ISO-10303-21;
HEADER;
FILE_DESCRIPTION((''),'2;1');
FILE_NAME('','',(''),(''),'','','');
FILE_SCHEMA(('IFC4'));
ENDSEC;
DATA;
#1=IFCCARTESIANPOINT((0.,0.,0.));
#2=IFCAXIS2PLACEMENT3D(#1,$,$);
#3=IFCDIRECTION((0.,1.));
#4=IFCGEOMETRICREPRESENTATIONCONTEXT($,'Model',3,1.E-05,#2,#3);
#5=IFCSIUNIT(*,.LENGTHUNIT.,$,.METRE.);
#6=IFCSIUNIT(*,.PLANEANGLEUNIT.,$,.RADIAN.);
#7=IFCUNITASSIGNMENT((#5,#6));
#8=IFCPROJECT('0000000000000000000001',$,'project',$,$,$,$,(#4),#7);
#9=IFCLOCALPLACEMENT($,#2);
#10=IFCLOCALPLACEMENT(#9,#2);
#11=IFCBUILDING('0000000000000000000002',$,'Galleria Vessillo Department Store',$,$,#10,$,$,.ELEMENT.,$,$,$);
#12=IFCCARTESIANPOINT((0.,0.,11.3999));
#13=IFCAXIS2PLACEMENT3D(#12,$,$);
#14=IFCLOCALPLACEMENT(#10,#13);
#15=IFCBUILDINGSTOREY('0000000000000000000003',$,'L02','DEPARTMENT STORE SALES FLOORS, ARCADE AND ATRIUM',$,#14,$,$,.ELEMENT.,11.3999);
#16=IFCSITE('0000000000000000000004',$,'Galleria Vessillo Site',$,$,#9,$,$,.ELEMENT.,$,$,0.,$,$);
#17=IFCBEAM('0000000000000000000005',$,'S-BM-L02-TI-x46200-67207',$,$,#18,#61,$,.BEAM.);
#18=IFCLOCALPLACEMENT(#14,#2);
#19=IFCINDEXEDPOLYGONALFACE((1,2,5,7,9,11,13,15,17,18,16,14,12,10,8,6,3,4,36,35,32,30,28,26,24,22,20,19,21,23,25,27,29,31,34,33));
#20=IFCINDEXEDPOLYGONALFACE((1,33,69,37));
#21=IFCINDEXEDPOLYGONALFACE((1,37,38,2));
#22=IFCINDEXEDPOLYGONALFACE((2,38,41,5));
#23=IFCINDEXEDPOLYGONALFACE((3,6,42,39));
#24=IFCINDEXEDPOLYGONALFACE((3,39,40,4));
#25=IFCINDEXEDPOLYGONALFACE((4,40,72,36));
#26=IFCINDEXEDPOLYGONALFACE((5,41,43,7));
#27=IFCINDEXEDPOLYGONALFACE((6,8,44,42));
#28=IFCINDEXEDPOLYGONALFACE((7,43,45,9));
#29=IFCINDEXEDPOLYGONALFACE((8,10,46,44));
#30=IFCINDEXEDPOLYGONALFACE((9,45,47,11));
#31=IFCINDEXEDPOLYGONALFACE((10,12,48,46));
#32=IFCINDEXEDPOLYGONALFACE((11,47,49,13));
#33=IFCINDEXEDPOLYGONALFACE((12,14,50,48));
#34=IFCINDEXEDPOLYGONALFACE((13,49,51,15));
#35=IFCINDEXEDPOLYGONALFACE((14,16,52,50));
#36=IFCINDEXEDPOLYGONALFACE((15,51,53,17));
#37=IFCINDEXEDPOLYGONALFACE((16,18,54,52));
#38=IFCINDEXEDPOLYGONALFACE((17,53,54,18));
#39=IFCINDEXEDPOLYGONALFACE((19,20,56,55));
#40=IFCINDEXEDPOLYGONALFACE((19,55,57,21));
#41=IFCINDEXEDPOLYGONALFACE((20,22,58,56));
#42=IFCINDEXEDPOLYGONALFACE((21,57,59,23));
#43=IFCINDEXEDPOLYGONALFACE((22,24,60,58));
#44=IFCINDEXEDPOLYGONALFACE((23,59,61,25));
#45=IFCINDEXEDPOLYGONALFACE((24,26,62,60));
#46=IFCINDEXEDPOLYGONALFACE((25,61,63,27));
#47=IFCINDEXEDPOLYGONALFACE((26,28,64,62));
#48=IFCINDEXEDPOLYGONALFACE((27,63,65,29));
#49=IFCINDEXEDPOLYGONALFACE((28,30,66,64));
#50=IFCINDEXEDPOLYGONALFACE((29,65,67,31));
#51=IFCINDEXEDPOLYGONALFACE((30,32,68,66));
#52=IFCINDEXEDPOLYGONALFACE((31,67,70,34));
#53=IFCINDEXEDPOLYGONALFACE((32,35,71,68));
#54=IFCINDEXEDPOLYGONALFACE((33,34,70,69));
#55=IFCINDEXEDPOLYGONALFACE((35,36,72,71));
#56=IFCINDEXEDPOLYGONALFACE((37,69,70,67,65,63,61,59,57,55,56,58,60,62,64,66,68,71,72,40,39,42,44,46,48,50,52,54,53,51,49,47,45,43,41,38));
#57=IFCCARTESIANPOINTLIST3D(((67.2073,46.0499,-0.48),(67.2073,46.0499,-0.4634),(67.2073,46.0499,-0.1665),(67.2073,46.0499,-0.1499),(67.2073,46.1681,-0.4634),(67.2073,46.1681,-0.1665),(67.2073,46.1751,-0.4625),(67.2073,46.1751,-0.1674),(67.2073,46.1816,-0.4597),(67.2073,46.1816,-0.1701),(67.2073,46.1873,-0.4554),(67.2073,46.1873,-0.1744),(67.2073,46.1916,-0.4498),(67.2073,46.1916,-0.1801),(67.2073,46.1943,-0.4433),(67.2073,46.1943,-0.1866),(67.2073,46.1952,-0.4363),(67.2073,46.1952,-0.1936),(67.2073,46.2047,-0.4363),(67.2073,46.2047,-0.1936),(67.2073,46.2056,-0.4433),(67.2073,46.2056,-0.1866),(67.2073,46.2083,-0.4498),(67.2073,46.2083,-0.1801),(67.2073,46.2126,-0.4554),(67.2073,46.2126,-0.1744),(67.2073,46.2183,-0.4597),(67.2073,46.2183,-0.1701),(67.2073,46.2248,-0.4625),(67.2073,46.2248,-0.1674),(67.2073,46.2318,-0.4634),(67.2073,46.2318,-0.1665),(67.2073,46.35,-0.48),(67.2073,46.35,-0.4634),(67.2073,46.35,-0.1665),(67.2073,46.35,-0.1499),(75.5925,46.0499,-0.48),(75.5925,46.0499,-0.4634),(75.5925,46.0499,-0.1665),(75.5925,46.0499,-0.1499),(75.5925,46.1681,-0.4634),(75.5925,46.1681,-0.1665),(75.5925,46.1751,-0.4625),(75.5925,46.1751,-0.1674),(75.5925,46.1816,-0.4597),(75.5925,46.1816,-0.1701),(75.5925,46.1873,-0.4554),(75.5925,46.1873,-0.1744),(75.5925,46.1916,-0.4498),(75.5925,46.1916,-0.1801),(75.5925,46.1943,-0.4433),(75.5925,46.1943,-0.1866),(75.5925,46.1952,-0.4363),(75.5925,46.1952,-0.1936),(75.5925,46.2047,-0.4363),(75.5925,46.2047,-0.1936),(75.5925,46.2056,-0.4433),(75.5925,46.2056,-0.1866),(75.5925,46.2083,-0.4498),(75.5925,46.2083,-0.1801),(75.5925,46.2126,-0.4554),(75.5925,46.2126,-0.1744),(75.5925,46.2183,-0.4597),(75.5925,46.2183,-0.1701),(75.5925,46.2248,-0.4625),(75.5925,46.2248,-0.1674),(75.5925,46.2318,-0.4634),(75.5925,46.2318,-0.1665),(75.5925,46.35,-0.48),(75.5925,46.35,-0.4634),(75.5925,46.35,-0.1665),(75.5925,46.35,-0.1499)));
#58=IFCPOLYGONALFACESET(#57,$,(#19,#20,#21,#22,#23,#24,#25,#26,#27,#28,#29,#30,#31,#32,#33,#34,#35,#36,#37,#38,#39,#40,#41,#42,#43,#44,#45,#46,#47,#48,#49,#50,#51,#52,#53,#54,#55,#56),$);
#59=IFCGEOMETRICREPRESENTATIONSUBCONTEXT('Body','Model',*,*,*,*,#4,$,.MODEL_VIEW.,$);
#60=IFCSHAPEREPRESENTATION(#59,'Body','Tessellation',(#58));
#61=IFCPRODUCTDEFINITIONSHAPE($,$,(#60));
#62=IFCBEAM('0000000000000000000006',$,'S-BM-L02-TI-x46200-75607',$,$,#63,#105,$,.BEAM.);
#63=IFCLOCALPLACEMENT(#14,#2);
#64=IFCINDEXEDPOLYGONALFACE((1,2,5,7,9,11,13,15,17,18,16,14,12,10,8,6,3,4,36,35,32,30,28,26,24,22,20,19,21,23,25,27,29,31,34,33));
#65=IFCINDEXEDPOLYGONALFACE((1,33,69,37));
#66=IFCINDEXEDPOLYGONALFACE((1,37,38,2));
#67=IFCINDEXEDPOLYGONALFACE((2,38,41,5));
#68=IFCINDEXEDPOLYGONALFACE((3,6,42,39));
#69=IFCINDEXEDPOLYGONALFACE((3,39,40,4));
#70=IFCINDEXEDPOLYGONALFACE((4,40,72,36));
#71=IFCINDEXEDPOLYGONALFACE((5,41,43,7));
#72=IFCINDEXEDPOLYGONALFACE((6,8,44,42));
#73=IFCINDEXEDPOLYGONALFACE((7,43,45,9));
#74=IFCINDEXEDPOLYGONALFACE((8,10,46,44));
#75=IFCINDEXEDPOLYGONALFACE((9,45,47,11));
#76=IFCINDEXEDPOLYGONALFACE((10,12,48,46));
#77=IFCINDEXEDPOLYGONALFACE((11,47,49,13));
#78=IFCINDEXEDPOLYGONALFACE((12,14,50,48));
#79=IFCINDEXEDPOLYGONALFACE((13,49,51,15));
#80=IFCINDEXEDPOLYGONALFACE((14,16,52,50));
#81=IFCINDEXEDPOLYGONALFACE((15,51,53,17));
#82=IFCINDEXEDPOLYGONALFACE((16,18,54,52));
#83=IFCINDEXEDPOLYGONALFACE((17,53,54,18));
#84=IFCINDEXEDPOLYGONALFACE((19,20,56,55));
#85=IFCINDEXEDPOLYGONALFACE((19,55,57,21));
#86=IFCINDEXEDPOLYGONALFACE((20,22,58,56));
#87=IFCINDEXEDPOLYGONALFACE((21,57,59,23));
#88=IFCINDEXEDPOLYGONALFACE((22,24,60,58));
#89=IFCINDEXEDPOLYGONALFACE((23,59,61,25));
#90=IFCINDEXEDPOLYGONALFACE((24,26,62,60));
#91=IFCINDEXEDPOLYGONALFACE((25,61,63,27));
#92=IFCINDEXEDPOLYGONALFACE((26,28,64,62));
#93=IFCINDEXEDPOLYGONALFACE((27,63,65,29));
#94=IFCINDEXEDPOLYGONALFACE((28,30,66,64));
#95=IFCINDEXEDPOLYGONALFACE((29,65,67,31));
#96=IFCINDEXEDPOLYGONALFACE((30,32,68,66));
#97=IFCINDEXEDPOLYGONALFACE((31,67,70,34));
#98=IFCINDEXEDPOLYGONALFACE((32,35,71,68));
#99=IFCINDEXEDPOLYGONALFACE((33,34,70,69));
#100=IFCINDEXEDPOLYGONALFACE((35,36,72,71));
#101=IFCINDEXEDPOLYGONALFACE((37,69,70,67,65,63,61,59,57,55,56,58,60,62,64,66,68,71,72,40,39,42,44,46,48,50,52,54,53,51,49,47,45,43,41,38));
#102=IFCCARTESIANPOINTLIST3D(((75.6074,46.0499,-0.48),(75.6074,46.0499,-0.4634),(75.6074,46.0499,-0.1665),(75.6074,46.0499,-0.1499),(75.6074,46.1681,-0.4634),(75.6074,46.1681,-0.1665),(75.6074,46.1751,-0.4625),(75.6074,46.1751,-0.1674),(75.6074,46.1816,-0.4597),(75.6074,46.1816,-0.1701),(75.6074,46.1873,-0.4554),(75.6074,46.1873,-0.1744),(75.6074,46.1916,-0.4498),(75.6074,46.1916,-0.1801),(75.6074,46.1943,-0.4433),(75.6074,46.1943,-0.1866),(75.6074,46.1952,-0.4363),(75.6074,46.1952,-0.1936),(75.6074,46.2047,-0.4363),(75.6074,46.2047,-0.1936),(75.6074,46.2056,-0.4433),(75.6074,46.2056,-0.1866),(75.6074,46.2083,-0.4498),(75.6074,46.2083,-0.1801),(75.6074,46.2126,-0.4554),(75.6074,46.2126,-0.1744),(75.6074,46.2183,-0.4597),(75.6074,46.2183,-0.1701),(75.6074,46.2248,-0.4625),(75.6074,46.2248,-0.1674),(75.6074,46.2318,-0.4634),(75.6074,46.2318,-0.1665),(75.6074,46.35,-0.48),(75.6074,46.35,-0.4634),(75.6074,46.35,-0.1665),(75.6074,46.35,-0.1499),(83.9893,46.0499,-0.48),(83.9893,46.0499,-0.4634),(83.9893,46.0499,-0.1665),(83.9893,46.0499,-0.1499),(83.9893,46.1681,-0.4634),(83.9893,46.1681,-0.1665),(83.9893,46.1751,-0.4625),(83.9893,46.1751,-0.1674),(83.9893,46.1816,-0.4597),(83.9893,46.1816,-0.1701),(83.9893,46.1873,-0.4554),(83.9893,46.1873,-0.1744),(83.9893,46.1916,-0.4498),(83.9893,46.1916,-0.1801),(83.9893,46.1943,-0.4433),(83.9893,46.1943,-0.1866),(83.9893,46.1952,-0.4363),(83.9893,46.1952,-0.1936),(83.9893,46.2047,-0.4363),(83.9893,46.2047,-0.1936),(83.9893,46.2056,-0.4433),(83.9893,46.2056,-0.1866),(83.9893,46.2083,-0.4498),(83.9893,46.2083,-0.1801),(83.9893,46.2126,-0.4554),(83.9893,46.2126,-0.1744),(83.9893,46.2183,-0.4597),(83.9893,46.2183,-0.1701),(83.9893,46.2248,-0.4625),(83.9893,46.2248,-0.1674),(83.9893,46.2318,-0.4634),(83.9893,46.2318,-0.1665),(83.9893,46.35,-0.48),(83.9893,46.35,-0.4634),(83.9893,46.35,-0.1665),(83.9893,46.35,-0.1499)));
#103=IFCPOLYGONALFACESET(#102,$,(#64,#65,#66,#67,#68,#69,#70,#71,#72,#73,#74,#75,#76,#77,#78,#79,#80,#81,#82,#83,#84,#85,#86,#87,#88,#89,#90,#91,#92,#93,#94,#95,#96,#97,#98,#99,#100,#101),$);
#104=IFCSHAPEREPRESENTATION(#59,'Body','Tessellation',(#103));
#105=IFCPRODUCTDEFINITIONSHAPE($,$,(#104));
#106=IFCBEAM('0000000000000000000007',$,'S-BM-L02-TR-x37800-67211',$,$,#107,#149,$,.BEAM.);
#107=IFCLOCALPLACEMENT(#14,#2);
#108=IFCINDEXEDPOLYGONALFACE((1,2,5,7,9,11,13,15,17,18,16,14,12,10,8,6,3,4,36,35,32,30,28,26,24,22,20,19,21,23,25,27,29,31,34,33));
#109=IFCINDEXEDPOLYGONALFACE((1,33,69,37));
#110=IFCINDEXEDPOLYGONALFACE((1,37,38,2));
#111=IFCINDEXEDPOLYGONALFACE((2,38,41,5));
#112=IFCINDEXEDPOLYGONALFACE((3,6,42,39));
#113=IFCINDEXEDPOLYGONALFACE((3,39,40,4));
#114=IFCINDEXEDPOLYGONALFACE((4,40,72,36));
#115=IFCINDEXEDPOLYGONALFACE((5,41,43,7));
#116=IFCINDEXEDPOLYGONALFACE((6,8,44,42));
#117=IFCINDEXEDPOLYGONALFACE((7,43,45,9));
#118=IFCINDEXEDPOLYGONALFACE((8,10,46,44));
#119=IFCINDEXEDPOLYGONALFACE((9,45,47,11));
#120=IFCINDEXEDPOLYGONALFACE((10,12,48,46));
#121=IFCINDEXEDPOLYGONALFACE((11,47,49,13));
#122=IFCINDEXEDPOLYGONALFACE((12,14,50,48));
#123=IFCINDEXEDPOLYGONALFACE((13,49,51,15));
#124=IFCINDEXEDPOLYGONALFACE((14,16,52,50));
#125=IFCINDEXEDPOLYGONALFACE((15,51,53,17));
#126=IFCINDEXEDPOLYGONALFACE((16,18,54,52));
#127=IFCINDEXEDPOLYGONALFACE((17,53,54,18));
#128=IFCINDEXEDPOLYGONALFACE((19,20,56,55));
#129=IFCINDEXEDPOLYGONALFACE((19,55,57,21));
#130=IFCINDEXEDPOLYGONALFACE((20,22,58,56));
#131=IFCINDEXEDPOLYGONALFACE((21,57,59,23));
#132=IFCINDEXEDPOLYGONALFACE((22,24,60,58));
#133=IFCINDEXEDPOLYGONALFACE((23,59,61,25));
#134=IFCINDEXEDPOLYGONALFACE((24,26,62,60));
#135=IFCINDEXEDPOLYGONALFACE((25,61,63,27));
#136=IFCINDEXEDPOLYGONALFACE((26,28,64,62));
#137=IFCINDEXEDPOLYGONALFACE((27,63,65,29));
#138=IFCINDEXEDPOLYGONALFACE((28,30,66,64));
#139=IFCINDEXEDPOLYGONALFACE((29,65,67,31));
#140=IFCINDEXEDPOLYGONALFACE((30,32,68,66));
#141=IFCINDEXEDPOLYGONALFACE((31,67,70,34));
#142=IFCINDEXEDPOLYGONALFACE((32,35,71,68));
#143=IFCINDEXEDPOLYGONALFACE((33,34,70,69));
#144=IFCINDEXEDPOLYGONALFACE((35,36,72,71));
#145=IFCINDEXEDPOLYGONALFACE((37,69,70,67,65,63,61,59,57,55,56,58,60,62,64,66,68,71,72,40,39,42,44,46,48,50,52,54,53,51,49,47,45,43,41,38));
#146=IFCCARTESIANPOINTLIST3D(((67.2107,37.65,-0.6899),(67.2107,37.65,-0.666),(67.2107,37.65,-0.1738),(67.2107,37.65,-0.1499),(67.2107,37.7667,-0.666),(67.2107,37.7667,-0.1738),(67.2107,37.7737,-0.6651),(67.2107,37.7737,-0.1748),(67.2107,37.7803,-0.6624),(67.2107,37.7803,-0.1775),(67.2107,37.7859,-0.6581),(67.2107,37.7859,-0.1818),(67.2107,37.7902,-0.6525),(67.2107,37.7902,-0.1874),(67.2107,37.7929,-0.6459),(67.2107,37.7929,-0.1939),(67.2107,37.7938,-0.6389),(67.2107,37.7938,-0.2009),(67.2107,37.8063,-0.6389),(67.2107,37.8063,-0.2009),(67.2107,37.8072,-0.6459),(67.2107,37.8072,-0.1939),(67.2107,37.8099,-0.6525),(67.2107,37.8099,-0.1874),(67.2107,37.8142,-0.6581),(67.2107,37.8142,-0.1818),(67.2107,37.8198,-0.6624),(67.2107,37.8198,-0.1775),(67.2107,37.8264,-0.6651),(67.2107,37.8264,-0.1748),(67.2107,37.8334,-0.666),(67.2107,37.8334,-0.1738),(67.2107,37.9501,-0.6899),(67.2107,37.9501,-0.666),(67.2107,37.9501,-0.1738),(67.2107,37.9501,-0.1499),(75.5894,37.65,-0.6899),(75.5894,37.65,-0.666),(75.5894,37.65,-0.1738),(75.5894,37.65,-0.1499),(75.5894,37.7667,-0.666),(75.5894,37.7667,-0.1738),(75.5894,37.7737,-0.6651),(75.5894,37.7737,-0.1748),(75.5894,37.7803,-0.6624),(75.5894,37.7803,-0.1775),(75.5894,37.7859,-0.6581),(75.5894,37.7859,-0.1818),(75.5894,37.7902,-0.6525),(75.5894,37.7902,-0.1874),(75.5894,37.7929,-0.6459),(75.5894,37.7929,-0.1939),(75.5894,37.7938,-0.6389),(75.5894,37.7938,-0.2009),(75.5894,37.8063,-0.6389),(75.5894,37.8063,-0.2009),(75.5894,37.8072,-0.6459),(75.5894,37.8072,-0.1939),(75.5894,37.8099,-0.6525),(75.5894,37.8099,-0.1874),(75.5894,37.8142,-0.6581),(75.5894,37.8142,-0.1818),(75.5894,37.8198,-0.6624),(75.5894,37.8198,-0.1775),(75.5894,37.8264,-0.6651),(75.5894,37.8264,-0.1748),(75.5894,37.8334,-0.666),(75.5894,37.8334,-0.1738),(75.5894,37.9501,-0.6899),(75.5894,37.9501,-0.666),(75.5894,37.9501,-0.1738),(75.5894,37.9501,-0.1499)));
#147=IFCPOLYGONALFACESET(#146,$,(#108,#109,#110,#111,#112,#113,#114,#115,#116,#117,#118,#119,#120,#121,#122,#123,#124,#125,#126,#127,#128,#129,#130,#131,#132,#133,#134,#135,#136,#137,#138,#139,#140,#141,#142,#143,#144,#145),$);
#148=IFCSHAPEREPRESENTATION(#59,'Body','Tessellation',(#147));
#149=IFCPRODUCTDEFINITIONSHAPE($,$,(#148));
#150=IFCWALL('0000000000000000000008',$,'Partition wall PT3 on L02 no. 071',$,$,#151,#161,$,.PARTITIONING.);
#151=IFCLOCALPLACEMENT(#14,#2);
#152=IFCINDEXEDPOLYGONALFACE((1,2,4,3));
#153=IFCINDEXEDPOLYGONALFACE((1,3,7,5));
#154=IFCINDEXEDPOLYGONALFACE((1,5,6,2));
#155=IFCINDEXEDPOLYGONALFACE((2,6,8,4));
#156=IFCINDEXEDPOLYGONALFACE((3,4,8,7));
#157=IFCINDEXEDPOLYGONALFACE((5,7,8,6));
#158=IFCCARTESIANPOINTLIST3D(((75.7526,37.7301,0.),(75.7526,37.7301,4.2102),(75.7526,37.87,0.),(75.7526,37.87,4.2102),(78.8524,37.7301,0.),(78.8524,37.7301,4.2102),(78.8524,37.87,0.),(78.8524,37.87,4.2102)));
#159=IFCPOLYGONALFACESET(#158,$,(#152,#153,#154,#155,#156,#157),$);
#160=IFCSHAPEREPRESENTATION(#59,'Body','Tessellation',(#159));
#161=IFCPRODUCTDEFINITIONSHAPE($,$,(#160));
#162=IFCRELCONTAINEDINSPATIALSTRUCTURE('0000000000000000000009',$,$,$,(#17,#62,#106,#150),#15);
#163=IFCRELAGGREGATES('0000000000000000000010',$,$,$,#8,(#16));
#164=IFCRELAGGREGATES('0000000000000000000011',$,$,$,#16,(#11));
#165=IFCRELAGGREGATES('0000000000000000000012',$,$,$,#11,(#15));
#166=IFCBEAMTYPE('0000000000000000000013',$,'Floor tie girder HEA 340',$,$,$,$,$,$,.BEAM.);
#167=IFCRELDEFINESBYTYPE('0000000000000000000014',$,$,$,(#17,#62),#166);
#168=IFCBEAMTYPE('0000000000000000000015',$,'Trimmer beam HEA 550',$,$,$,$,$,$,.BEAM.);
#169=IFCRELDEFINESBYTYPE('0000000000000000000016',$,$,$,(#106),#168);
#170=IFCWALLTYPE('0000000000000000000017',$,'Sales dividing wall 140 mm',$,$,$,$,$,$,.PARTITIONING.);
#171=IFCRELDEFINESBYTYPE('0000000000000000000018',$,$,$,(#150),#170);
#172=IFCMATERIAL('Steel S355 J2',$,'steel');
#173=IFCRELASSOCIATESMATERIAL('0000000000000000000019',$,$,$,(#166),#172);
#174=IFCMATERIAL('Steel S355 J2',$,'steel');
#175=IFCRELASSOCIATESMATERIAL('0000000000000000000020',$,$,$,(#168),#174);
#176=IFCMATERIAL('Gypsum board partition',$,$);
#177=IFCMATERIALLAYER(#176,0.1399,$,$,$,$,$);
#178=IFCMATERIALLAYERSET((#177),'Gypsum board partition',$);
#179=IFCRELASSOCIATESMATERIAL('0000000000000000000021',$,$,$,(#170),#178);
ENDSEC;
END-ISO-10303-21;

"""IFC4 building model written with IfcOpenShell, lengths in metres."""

from ifc_helpers import new_model, si_unit, direction, frame, frame_2d, origin, origin_2d, place, context, subcontext, project, spatial, rectangle, i_section, extrude, material, layer, layer_set, material_profile, profile_set, type_object, element, save


model = new_model("IFC4")

# Units and contexts
model_context = context("Model", 3, precision=1e-05, world=origin(), true_north=direction((0.0, 1.0)))
body_context = subcontext(model_context, "Body", "Model", "MODEL_VIEW")
ifc_project = project(units=[si_unit("LENGTHUNIT", "METRE"), si_unit("PLANEANGLEUNIT", "RADIAN")], contexts=[model_context])

# Site, building, storey
site_placement = place(None, origin())
site = spatial("IfcSite", under=ifc_project, at=site_placement, Name="Galleria Vessillo Site", CompositionType="ELEMENT", RefElevation=0.0)
building_placement = place(site_placement, origin())
building = spatial("IfcBuilding", under=site, at=building_placement, Name="Galleria Vessillo Department Store", CompositionType="ELEMENT")
storey_placement = place(building_placement, frame((0.0, 0.0, 11.3999)))
storey = spatial("IfcBuildingStorey", under=building, at=storey_placement, Name="L02", Description="DEPARTMENT STORE SALES FLOORS, ARCADE AND ATRIUM", CompositionType="ELEMENT", Elevation=11.3999)

# Beams
ifc_material_1 = material(Name="Steel S355 J2", Category="steel")
ifc_material_profile_1 = material_profile(ifc_material_1, i_section(OverallWidth=0.3, OverallDepth=0.3301, WebThickness=0.0095, FlangeThickness=0.0166, FilletRadius=0.0271, at=origin_2d()), Name="HEA 340")
ifc_profile_set_1 = profile_set([ifc_material_profile_1], Name="Steel S355 J2")
beam_type_1 = type_object("IfcBeamType", Name="Floor tie girder HEA 340", PredefinedType="BEAM", material=ifc_profile_set_1)
beam_1_placement = place(storey_placement, frame((67.2073, 46.2, -0.3149), z_axis=(1.0, 0.0, 0.0), x_axis=(0.0, 1.0, 0.0)))
element("IfcBeam", 1, at=beam_1_placement, inside=storey, type_object=beam_type_1, Name="S-BM-L02-TI-x46200-67207", PredefinedType="BEAM", context=body_context, shape_type="SweptSolid", body=[
    extrude(i_section(OverallWidth=0.3, OverallDepth=0.3301, WebThickness=0.0095, FlangeThickness=0.0166, FilletRadius=0.0271, at=origin_2d()), origin(), (0.0, 0.0, 1.0), 8.3853),
])
beam_2_placement = place(storey_placement, frame((75.6074, 46.2, -0.3149), z_axis=(1.0, 0.0, 0.0), x_axis=(0.0, 1.0, 0.0)))
element("IfcBeam", 2, at=beam_2_placement, inside=storey, type_object=beam_type_1, Name="S-BM-L02-TI-x46200-75607", PredefinedType="BEAM", context=body_context, shape_type="SweptSolid", body=[
    extrude(i_section(OverallWidth=0.3, OverallDepth=0.3301, WebThickness=0.0095, FlangeThickness=0.0166, FilletRadius=0.0271, at=origin_2d()), origin(), (0.0, 0.0, 1.0), 8.3818),
])
ifc_material_2 = material(Name="Steel S355 J2", Category="steel")
ifc_material_profile_2 = material_profile(ifc_material_2, i_section(OverallWidth=0.3, OverallDepth=0.54, WebThickness=0.0125, FlangeThickness=0.0239, FilletRadius=0.0271, at=origin_2d()), Name="HEA 550")
ifc_profile_set_2 = profile_set([ifc_material_profile_2], Name="Steel S355 J2")
beam_type_2 = type_object("IfcBeamType", Name="Trimmer beam HEA 550", PredefinedType="BEAM", material=ifc_profile_set_2)
beam_3_placement = place(storey_placement, frame((67.2107, 37.8, -0.4199), z_axis=(1.0, 0.0, 0.0), x_axis=(0.0, 1.0, 0.0)))
element("IfcBeam", 3, at=beam_3_placement, inside=storey, type_object=beam_type_2, Name="S-BM-L02-TR-x37800-67211", PredefinedType="BEAM", context=body_context, shape_type="SweptSolid", body=[
    extrude(i_section(OverallWidth=0.3, OverallDepth=0.54, WebThickness=0.0125, FlangeThickness=0.0239, FilletRadius=0.0271, at=origin_2d()), origin(), (0.0, 0.0, 1.0), 8.3787),
])

# Wall
ifc_material_3 = material(Name="Gypsum board partition")
ifc_layer = layer(ifc_material_3, 0.1399)
ifc_layer_set = layer_set([ifc_layer], Name="Gypsum board partition")
wall_type = type_object("IfcWallType", Name="Sales dividing wall 140 mm", PredefinedType="PARTITIONING", material=ifc_layer_set)
wall_placement = place(storey_placement, frame((75.7527, 37.8, 0.0), z_axis=(0.0, 0.0, 1.0), x_axis=(1.0, 0.0, 0.0)))
element("IfcWall", 4, at=wall_placement, inside=storey, type_object=wall_type, Name="Partition wall PT3 on L02 no. 071", PredefinedType="PARTITIONING", context=body_context, shape_type="SweptSolid", body=[
    extrude(rectangle(XDim=3.0999, YDim=0.1399, at=frame_2d((1.5498, 0.0))), origin(), (0.0, 0.0, 1.0), 4.2102),
])

save(model, "model.ifc")
